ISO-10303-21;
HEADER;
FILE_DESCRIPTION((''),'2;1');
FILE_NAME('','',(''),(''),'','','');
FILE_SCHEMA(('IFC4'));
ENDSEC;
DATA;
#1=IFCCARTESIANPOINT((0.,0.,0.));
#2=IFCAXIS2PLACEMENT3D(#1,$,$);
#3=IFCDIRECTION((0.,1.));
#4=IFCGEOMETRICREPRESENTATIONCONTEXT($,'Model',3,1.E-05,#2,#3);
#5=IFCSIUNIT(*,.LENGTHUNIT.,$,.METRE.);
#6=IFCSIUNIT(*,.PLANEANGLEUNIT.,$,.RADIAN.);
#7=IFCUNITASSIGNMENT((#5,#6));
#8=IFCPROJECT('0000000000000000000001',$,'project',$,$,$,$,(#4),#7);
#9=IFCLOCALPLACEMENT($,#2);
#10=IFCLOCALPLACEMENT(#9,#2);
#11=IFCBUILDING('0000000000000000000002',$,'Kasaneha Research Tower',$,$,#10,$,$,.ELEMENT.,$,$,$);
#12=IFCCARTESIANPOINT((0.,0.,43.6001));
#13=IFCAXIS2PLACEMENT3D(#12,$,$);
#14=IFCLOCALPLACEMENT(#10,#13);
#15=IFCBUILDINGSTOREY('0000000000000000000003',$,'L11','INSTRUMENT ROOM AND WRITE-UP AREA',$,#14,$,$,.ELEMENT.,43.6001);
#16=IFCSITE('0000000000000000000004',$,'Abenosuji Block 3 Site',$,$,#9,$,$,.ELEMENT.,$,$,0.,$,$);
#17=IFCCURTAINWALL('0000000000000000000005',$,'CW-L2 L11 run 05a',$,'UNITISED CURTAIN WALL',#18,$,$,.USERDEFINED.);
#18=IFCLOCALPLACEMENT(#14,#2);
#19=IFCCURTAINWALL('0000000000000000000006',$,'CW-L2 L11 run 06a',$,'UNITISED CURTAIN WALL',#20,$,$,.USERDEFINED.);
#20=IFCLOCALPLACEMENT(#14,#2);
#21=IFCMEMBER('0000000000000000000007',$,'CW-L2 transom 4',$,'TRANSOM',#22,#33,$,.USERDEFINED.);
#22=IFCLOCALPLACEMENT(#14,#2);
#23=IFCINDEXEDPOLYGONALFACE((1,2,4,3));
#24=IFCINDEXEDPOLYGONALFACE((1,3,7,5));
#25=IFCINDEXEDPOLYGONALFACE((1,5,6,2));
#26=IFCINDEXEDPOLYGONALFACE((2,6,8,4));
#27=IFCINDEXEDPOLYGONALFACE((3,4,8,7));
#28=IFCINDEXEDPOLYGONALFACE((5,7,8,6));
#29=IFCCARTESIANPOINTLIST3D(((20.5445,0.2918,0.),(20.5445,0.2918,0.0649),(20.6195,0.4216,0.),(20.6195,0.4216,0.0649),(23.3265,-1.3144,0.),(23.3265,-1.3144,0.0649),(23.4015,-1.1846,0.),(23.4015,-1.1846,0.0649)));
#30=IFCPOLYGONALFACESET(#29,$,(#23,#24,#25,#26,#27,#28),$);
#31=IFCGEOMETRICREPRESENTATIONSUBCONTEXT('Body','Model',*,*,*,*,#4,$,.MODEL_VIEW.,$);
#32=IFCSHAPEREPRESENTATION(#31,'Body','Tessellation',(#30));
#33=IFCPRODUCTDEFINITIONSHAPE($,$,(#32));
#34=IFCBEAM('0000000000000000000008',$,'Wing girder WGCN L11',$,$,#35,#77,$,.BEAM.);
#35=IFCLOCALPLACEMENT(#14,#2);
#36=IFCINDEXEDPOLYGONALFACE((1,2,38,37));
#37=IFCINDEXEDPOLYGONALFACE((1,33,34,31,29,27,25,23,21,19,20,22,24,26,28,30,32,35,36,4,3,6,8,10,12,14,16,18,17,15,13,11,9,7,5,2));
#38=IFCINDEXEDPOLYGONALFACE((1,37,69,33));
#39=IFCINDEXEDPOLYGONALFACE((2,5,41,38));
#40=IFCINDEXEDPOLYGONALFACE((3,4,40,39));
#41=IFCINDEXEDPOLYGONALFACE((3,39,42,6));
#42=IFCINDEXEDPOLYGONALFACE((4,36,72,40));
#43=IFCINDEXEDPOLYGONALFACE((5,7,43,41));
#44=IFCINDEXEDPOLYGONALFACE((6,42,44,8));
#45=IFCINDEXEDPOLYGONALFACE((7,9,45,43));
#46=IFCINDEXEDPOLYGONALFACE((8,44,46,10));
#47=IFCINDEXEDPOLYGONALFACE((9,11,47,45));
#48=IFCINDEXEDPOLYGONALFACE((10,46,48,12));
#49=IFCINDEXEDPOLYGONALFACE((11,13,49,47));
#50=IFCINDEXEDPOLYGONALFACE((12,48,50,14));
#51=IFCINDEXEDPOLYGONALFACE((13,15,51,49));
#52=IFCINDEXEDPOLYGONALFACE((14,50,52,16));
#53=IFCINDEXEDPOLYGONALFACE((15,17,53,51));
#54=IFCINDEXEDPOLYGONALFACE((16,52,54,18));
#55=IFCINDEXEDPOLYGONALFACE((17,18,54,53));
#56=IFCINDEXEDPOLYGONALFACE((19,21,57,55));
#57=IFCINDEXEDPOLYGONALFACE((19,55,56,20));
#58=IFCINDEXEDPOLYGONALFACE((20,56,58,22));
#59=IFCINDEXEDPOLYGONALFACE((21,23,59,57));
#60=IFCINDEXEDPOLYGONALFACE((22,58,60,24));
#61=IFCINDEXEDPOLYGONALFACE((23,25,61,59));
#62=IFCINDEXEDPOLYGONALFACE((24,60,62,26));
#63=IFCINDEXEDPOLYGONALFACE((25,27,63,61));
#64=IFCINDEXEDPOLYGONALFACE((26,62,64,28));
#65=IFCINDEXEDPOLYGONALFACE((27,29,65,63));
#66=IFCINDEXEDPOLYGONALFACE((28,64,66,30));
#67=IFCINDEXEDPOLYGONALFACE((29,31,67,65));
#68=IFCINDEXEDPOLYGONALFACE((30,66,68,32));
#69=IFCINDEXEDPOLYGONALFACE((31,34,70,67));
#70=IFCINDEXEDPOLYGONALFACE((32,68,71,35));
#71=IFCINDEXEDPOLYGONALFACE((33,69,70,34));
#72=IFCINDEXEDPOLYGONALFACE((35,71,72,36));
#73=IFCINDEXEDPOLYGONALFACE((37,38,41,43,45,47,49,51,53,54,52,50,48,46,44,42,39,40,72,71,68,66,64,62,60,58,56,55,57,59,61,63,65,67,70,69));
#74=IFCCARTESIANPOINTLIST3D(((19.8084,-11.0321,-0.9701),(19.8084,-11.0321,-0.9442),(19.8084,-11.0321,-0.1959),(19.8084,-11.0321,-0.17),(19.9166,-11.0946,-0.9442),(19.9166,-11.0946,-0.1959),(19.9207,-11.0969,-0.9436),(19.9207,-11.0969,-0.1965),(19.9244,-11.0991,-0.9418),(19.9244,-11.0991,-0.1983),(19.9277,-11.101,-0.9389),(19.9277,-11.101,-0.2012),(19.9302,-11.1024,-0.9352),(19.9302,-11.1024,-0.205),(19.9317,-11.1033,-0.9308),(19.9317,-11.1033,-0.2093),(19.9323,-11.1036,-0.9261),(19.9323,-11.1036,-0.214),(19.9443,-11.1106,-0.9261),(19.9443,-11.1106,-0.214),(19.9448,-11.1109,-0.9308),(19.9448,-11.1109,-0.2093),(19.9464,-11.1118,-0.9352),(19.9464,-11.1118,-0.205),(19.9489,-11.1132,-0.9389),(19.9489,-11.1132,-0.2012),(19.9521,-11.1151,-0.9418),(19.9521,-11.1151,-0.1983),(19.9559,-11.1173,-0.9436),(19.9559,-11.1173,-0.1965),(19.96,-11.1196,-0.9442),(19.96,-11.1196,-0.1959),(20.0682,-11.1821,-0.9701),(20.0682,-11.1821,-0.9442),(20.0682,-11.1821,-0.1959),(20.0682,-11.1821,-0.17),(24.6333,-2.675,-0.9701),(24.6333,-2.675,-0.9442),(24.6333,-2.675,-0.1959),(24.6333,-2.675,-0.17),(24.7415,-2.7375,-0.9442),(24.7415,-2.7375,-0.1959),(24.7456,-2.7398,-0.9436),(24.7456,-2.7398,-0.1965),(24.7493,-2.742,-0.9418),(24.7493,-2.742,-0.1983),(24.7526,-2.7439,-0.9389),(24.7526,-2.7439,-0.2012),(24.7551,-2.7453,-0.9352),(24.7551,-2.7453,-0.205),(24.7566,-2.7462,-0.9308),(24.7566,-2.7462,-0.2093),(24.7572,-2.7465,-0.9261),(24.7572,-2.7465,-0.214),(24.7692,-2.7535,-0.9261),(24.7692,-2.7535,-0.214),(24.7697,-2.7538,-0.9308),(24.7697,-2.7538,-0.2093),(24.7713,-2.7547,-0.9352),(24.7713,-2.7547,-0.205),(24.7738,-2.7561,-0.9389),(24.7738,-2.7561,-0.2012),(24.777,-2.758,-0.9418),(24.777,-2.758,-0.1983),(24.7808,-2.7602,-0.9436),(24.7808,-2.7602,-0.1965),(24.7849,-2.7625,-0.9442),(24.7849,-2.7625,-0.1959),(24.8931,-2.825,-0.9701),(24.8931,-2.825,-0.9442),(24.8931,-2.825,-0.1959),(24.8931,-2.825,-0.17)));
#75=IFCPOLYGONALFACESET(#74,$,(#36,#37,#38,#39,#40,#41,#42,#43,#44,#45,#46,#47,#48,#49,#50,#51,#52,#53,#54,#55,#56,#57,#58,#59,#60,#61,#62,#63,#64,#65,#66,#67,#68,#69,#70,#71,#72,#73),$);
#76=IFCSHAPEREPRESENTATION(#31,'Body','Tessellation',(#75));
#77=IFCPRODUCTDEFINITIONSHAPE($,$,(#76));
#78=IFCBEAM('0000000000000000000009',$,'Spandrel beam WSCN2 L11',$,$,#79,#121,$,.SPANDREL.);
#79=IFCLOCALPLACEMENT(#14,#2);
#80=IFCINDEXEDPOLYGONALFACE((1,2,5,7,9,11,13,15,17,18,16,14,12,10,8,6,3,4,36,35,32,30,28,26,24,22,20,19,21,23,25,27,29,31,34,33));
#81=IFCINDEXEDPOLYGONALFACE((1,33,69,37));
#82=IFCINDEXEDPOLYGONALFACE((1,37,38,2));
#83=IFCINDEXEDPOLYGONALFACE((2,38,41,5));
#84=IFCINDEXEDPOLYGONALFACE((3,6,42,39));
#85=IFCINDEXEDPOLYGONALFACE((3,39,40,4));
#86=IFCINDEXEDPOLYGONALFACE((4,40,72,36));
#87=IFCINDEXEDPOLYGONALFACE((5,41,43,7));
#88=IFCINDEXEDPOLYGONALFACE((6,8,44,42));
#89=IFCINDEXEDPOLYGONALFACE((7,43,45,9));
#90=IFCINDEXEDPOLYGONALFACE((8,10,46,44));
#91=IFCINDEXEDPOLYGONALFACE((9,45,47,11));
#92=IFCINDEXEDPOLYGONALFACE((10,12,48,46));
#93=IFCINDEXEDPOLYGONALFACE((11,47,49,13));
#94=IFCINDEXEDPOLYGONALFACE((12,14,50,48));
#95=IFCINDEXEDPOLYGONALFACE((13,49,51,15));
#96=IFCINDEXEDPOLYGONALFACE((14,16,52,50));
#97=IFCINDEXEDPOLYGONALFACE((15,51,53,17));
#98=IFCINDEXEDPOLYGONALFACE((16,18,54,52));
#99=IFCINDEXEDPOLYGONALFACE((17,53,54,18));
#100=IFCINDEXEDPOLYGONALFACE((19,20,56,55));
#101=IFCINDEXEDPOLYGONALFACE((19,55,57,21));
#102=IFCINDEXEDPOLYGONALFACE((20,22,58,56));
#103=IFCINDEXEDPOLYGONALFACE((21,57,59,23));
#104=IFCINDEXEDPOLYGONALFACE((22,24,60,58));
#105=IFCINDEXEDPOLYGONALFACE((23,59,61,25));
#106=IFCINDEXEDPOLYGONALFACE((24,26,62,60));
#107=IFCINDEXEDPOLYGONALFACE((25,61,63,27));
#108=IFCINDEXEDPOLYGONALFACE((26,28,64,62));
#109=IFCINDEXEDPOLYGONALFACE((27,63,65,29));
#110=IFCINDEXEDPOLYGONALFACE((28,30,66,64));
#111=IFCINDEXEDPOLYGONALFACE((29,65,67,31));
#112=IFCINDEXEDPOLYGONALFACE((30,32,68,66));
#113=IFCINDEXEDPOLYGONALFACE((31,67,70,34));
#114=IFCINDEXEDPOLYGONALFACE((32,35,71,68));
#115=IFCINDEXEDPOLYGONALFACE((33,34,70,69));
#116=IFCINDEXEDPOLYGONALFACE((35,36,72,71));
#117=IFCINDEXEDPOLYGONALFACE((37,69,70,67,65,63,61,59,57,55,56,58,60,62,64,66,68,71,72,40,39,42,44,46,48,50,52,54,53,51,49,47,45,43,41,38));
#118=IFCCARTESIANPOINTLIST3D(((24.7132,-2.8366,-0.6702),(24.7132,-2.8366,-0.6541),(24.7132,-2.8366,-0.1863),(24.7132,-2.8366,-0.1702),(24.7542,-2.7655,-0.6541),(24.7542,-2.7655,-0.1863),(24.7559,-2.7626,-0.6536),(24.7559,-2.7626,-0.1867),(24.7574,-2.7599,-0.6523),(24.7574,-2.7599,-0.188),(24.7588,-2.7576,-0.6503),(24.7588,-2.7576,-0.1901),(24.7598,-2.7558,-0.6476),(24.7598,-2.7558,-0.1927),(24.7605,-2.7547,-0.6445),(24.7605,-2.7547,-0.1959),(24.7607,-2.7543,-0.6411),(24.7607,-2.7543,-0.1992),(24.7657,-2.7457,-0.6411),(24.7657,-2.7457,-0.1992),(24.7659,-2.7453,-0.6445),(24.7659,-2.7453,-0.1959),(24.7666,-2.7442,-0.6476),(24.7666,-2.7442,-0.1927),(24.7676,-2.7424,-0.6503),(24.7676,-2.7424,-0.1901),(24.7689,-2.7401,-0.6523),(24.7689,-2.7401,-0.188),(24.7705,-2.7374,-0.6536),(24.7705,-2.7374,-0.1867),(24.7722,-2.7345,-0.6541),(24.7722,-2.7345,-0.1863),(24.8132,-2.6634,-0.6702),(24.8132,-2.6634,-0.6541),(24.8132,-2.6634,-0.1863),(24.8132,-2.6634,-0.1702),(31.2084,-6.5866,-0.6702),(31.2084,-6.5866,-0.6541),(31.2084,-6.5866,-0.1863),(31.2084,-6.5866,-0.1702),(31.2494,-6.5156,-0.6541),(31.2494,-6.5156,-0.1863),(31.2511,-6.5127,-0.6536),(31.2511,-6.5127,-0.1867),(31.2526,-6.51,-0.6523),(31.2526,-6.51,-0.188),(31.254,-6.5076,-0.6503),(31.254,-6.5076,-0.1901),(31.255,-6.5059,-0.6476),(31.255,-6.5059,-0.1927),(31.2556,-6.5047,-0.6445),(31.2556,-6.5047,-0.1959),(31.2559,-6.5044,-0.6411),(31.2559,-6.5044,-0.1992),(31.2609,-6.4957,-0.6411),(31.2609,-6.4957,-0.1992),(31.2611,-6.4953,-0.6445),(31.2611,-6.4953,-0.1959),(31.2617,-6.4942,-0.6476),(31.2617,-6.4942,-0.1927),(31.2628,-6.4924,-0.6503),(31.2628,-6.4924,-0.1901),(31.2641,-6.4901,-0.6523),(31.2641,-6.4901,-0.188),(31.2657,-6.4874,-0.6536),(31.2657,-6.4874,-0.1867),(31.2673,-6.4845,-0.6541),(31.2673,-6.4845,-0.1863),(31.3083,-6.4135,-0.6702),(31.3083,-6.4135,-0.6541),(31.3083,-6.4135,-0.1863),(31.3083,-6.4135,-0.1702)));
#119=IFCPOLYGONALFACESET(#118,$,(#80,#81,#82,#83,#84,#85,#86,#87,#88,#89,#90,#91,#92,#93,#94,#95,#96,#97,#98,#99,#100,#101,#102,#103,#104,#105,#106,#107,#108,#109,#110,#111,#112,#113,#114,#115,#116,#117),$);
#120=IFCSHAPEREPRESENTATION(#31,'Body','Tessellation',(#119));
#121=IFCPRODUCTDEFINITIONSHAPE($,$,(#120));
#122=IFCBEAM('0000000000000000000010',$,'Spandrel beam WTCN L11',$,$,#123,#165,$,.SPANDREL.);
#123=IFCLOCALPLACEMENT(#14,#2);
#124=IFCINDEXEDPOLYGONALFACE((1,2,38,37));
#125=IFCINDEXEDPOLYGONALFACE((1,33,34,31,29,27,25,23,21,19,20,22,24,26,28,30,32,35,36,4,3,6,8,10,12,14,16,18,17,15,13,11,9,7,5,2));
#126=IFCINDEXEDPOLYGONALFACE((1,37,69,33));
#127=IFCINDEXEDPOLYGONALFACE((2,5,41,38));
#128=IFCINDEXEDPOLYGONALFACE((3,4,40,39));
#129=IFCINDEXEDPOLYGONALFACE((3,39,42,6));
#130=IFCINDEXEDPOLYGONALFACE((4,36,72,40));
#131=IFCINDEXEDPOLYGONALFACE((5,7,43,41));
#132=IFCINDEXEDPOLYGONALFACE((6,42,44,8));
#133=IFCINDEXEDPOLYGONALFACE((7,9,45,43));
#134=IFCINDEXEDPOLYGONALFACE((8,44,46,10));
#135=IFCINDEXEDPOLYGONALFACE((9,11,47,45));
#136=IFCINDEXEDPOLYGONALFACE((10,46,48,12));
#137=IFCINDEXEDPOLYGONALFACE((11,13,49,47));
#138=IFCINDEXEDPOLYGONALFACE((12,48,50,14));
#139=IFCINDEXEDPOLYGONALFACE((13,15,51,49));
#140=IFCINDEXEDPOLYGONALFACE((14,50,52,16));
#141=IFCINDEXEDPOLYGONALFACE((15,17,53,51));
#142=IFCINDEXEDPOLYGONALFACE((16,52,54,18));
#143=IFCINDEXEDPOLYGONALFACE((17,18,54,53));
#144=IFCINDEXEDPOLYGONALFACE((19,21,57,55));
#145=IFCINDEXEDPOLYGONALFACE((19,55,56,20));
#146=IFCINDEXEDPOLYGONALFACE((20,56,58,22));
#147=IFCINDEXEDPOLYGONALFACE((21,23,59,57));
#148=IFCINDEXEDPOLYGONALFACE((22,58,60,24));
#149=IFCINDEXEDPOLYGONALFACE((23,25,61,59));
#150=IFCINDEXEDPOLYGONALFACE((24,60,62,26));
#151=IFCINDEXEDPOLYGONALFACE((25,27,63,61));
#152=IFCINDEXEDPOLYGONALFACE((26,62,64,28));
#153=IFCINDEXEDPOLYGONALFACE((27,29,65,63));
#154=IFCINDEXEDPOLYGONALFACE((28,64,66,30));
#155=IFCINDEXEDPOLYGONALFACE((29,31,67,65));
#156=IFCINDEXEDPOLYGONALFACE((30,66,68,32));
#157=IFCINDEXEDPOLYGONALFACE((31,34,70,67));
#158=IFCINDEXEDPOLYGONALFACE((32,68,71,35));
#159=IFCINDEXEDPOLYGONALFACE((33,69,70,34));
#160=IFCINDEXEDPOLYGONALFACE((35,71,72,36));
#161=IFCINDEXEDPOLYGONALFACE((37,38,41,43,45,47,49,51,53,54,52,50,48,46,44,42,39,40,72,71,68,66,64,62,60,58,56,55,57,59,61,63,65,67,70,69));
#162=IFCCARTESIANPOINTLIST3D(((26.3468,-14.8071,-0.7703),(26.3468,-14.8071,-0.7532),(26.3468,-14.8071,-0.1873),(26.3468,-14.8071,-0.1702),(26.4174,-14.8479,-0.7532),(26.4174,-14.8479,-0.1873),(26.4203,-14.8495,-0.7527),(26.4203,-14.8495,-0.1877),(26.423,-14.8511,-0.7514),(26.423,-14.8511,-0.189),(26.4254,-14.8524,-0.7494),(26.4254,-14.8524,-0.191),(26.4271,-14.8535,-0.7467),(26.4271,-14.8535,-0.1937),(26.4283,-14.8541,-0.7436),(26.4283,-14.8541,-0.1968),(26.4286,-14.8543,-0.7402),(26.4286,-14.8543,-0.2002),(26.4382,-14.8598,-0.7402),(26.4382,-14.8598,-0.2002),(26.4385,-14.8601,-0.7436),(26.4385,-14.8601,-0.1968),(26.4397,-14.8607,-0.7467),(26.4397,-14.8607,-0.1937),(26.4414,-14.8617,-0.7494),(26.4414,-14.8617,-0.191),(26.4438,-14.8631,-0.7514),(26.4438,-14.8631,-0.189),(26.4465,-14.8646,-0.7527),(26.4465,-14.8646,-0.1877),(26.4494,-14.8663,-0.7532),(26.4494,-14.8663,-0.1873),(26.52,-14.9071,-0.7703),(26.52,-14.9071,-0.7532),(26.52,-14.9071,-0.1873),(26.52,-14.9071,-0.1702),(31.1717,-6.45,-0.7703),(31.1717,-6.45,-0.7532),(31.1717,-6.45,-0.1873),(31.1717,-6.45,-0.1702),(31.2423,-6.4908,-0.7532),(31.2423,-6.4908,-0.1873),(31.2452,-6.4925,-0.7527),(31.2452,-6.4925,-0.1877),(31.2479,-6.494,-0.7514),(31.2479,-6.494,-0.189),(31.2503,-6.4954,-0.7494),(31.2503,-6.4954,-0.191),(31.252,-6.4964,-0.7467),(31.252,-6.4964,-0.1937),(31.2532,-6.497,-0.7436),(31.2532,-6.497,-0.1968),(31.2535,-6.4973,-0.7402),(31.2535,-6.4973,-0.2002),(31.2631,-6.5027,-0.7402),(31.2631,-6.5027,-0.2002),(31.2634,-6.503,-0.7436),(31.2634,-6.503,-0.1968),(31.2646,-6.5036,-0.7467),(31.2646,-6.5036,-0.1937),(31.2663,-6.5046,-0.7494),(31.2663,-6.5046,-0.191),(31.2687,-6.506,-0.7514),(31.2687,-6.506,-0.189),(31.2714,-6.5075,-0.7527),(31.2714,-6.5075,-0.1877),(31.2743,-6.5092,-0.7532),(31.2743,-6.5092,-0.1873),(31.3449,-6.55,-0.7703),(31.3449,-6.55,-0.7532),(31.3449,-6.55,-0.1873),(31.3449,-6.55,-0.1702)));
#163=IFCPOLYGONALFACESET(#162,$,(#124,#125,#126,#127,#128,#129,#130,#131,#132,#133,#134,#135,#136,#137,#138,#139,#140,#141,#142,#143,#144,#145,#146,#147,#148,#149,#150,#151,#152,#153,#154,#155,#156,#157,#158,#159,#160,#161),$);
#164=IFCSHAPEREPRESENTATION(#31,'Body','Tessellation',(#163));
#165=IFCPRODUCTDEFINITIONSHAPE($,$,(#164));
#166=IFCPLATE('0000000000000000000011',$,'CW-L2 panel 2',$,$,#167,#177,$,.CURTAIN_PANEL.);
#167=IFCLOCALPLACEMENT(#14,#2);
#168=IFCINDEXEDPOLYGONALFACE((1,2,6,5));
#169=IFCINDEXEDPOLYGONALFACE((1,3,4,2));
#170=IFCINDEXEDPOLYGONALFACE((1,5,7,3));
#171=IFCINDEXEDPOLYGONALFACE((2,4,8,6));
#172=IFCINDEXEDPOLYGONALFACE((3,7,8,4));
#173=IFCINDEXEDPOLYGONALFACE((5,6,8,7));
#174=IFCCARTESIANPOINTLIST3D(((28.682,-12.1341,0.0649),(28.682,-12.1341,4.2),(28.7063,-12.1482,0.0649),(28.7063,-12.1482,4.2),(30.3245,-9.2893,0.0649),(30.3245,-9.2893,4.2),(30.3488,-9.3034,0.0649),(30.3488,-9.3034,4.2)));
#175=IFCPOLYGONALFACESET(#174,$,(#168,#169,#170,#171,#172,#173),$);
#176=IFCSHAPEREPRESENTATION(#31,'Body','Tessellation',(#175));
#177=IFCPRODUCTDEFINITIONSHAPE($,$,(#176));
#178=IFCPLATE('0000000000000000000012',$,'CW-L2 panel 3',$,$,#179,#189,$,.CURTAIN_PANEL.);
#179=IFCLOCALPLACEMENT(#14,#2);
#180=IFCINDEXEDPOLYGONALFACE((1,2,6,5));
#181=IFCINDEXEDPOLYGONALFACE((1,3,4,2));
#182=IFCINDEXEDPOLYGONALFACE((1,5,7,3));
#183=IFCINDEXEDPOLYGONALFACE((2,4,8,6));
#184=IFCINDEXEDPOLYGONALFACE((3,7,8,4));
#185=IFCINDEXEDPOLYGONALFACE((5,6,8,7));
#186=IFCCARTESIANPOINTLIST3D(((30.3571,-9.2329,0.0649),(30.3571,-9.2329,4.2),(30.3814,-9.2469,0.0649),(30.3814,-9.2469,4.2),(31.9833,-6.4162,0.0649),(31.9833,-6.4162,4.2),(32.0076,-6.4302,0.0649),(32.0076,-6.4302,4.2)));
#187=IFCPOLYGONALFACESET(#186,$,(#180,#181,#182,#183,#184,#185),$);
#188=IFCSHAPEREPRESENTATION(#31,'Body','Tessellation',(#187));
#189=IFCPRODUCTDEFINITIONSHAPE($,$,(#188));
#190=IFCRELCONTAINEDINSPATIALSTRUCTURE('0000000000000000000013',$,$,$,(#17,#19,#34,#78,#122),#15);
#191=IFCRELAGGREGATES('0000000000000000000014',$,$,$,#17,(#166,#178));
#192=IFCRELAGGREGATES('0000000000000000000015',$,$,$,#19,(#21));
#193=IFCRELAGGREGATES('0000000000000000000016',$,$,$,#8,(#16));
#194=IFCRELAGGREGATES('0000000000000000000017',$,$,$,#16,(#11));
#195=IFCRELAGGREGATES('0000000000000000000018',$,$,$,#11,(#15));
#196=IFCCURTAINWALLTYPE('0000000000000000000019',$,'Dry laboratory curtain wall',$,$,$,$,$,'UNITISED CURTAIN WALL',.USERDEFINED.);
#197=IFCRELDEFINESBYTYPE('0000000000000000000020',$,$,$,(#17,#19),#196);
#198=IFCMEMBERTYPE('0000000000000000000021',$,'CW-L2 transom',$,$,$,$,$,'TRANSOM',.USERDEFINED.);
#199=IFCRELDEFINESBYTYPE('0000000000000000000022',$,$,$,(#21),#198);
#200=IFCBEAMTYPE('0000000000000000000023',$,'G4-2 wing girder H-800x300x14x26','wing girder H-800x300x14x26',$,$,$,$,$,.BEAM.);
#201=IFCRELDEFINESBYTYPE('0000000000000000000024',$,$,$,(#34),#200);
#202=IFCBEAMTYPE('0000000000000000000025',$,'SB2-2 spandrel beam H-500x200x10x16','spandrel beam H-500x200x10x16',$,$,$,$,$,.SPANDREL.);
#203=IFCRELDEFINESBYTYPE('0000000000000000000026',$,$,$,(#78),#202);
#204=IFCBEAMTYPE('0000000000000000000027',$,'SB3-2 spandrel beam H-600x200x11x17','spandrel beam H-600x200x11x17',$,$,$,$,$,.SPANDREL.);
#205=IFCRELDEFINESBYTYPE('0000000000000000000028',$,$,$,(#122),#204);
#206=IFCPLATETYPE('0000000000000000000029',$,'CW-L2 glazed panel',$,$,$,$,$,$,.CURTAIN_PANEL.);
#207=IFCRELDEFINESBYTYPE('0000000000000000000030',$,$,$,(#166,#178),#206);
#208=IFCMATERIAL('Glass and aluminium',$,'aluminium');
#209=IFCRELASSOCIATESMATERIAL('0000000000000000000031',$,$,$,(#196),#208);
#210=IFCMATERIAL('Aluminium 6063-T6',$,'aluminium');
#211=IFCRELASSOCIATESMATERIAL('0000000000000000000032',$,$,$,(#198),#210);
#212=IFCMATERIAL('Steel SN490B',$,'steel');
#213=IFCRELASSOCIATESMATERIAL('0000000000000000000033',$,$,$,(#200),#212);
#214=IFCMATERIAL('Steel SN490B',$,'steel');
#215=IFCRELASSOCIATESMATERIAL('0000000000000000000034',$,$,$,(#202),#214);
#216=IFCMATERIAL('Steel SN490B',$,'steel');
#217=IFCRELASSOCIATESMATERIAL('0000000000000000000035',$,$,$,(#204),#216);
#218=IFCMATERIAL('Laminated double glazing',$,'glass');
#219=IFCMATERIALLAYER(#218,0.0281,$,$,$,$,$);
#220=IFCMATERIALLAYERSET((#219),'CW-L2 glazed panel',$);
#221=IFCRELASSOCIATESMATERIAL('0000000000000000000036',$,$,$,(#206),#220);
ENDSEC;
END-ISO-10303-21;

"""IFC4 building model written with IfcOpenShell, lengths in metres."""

from ifc_helpers import new_model, si_unit, direction, frame, origin, origin_2d, place, context, subcontext, project, spatial, rectangle, i_section, extrude, material, layer, layer_set, material_profile, profile_set, type_object, element, aggregate, save


model = new_model("IFC4")

# Units and contexts
model_context = context("Model", 3, precision=1e-05, world=origin(), true_north=direction((0.0, 1.0)))
body_context = subcontext(model_context, "Body", "Model", "MODEL_VIEW")
ifc_project = project(units=[si_unit("LENGTHUNIT", "METRE"), si_unit("PLANEANGLEUNIT", "RADIAN")], contexts=[model_context])

# Site, building, storey
site_placement = place(None, origin())
site = spatial("IfcSite", under=ifc_project, at=site_placement, Name="Abenosuji Block 3 Site", CompositionType="ELEMENT", RefElevation=0.0)
building_placement = place(site_placement, origin())
building = spatial("IfcBuilding", under=site, at=building_placement, Name="Kasaneha Research Tower", CompositionType="ELEMENT")
storey_placement = place(building_placement, frame((0.0, 0.0, 43.6001)))
storey = spatial("IfcBuildingStorey", under=building, at=storey_placement, Name="L11", Description="INSTRUMENT ROOM AND WRITE-UP AREA", CompositionType="ELEMENT", Elevation=43.6001)

# Curtain walls
ifc_material_1 = material(Name="Glass and aluminium", Category="aluminium")
curtain_wall_type = type_object("IfcCurtainWallType", Name="Dry laboratory curtain wall", ElementType="UNITISED CURTAIN WALL", PredefinedType="USERDEFINED", material=ifc_material_1)
curtain_wall_1_placement = place(storey_placement, origin())
curtain_wall_1 = element("IfcCurtainWall", 1, at=curtain_wall_1_placement, inside=storey, type_object=curtain_wall_type, Name="CW-L2 L11 run 05a", ObjectType="UNITISED CURTAIN WALL", PredefinedType="USERDEFINED")
curtain_wall_2_placement = place(storey_placement, origin())
curtain_wall_2 = element("IfcCurtainWall", 2, at=curtain_wall_2_placement, inside=storey, type_object=curtain_wall_type, Name="CW-L2 L11 run 06a", ObjectType="UNITISED CURTAIN WALL", PredefinedType="USERDEFINED")

# Member
ifc_material_2 = material(Name="Aluminium 6063-T6", Category="aluminium")
ifc_material_profile_1 = material_profile(ifc_material_2, rectangle(XDim=0.1499, YDim=0.0649, at=origin_2d()), Name="CW-L2 transom 150x65")
ifc_profile_set_1 = profile_set([ifc_material_profile_1], Name="Aluminium 6063-T6")
member_type_1 = type_object("IfcMemberType", Name="CW-L2 transom", ElementType="TRANSOM", PredefinedType="USERDEFINED", material=ifc_profile_set_1)
member_1_placement = place(storey_placement, frame((23.364, -1.2495, 0.0325), z_axis=(-0.866022, 0.500005, 0.0), x_axis=(-0.500005, -0.866022, 0.0)))
member_1 = element("IfcMember", 3, at=member_1_placement, type_object=member_type_1, Name="CW-L2 transom 4", ObjectType="TRANSOM", PredefinedType="USERDEFINED", context=body_context, shape_type="SweptSolid", body=[
    extrude(rectangle(XDim=0.1499, YDim=0.0649, at=origin_2d()), origin(), (0.0, 0.0, 1.0), 3.2124),
])

# Beams
ifc_material_3 = material(Name="Steel SN490B", Category="steel")
ifc_material_profile_2 = material_profile(ifc_material_3, i_section(OverallWidth=0.3, OverallDepth=0.8, WebThickness=0.0139, FlangeThickness=0.0259, FilletRadius=0.0181, at=origin_2d()), Name="H-800x300x14x26")
ifc_profile_set_2 = profile_set([ifc_material_profile_2], Name="Steel SN490B")
beam_type_1 = type_object("IfcBeamType", Name="G4-2 wing girder H-800x300x14x26", Description="wing girder H-800x300x14x26", PredefinedType="BEAM", material=ifc_profile_set_2)
beam_1_placement = place(storey_placement, frame((24.7632, -2.75, -0.5701), z_axis=(-0.499995, -0.866028, 0.0), x_axis=(0.866028, -0.499995, 0.0)))
element("IfcBeam", 4, at=beam_1_placement, inside=storey, type_object=beam_type_1, Name="Wing girder WGCN L11", PredefinedType="BEAM", context=body_context, shape_type="SweptSolid", body=[
    extrude(i_section(OverallWidth=0.3, OverallDepth=0.8, WebThickness=0.0139, FlangeThickness=0.0259, FilletRadius=0.0181, at=origin_2d()), origin(), (0.0, 0.0, 1.0), 9.6499),
])
ifc_material_4 = material(Name="Steel SN490B", Category="steel")
ifc_material_profile_3 = material_profile(ifc_material_4, i_section(OverallWidth=0.2, OverallDepth=0.5, WebThickness=0.01, FlangeThickness=0.0161, FilletRadius=0.0129, at=origin_2d()), Name="H-500x200x10x16")
ifc_profile_set_3 = profile_set([ifc_material_profile_3], Name="Steel SN490B")
beam_type_2 = type_object("IfcBeamType", Name="SB2-2 spandrel beam H-500x200x10x16", Description="spandrel beam H-500x200x10x16", PredefinedType="SPANDREL", material=ifc_profile_set_3)
beam_2_placement = place(storey_placement, frame((24.7632, -2.75, -0.4202), z_axis=(0.866023, -0.500004, 0.0), x_axis=(0.500004, 0.866023, 0.0)))
element("IfcBeam", 5, at=beam_2_placement, inside=storey, type_object=beam_type_2, Name="Spandrel beam WSCN2 L11", PredefinedType="SPANDREL", context=body_context, shape_type="SweptSolid", body=[
    extrude(i_section(OverallWidth=0.2, OverallDepth=0.5, WebThickness=0.01, FlangeThickness=0.0161, FilletRadius=0.0129, at=origin_2d()), origin(), (0.0, 0.0, 1.0), 7.5),
])
ifc_material_5 = material(Name="Steel SN490B", Category="steel")
ifc_material_profile_4 = material_profile(ifc_material_5, i_section(OverallWidth=0.2, OverallDepth=0.6001, WebThickness=0.011, FlangeThickness=0.0171, FilletRadius=0.0129, at=origin_2d()), Name="H-600x200x11x17")
ifc_profile_set_4 = profile_set([ifc_material_profile_4], Name="Steel SN490B")
beam_type_3 = type_object("IfcBeamType", Name="SB3-2 spandrel beam H-600x200x11x17", Description="spandrel beam H-600x200x11x17", PredefinedType="SPANDREL", material=ifc_profile_set_4)
beam_3_placement = place(storey_placement, frame((31.2583, -6.5, -0.4702), z_axis=(-0.499995, -0.866028, 0.0), x_axis=(0.866028, -0.499995, 0.0)))
element("IfcBeam", 6, at=beam_3_placement, inside=storey, type_object=beam_type_3, Name="Spandrel beam WTCN L11", PredefinedType="SPANDREL", context=body_context, shape_type="SweptSolid", body=[
    extrude(i_section(OverallWidth=0.2, OverallDepth=0.6001, WebThickness=0.011, FlangeThickness=0.0171, FilletRadius=0.0129, at=origin_2d()), origin(), (0.0, 0.0, 1.0), 9.6499),
])

# Plates
ifc_material_6 = material(Name="Laminated double glazing", Category="glass")
ifc_layer_1 = layer(ifc_material_6, 0.0281)
ifc_layer_set_1 = layer_set([ifc_layer_1], Name="CW-L2 glazed panel")
plate_type = type_object("IfcPlateType", Name="CW-L2 glazed panel", PredefinedType="CURTAIN_PANEL", material=ifc_layer_set_1)
plate_1_placement = place(storey_placement, frame((29.5154, -10.7188, 0.0649), z_axis=(0.0, 0.0, 1.0), x_axis=(0.5, 0.866025, 0.0)))
plate_1 = element("IfcPlate", 7, at=plate_1_placement, type_object=plate_type, Name="CW-L2 panel 2", PredefinedType="CURTAIN_PANEL", context=body_context, shape_type="SweptSolid", body=[
    extrude(rectangle(XDim=3.2849, YDim=0.0281, at=origin_2d()), origin(), (0.0, 0.0, 1.0), 4.135),
])
plate_2_placement = place(storey_placement, frame((31.1824, -7.8315, 0.0649), z_axis=(0.0, 0.0, 1.0), x_axis=(0.5, 0.866025, 0.0)))
plate_2 = element("IfcPlate", 8, at=plate_2_placement, type_object=plate_type, Name="CW-L2 panel 3", PredefinedType="CURTAIN_PANEL", context=body_context, shape_type="SweptSolid", body=[
    extrude(rectangle(XDim=3.2524, YDim=0.0281, at=origin_2d()), origin(), (0.0, 0.0, 1.0), 4.135),
])
aggregate(curtain_wall_1, [plate_1, plate_2])
aggregate(curtain_wall_2, [member_1])

save(model, "model.ifc")
